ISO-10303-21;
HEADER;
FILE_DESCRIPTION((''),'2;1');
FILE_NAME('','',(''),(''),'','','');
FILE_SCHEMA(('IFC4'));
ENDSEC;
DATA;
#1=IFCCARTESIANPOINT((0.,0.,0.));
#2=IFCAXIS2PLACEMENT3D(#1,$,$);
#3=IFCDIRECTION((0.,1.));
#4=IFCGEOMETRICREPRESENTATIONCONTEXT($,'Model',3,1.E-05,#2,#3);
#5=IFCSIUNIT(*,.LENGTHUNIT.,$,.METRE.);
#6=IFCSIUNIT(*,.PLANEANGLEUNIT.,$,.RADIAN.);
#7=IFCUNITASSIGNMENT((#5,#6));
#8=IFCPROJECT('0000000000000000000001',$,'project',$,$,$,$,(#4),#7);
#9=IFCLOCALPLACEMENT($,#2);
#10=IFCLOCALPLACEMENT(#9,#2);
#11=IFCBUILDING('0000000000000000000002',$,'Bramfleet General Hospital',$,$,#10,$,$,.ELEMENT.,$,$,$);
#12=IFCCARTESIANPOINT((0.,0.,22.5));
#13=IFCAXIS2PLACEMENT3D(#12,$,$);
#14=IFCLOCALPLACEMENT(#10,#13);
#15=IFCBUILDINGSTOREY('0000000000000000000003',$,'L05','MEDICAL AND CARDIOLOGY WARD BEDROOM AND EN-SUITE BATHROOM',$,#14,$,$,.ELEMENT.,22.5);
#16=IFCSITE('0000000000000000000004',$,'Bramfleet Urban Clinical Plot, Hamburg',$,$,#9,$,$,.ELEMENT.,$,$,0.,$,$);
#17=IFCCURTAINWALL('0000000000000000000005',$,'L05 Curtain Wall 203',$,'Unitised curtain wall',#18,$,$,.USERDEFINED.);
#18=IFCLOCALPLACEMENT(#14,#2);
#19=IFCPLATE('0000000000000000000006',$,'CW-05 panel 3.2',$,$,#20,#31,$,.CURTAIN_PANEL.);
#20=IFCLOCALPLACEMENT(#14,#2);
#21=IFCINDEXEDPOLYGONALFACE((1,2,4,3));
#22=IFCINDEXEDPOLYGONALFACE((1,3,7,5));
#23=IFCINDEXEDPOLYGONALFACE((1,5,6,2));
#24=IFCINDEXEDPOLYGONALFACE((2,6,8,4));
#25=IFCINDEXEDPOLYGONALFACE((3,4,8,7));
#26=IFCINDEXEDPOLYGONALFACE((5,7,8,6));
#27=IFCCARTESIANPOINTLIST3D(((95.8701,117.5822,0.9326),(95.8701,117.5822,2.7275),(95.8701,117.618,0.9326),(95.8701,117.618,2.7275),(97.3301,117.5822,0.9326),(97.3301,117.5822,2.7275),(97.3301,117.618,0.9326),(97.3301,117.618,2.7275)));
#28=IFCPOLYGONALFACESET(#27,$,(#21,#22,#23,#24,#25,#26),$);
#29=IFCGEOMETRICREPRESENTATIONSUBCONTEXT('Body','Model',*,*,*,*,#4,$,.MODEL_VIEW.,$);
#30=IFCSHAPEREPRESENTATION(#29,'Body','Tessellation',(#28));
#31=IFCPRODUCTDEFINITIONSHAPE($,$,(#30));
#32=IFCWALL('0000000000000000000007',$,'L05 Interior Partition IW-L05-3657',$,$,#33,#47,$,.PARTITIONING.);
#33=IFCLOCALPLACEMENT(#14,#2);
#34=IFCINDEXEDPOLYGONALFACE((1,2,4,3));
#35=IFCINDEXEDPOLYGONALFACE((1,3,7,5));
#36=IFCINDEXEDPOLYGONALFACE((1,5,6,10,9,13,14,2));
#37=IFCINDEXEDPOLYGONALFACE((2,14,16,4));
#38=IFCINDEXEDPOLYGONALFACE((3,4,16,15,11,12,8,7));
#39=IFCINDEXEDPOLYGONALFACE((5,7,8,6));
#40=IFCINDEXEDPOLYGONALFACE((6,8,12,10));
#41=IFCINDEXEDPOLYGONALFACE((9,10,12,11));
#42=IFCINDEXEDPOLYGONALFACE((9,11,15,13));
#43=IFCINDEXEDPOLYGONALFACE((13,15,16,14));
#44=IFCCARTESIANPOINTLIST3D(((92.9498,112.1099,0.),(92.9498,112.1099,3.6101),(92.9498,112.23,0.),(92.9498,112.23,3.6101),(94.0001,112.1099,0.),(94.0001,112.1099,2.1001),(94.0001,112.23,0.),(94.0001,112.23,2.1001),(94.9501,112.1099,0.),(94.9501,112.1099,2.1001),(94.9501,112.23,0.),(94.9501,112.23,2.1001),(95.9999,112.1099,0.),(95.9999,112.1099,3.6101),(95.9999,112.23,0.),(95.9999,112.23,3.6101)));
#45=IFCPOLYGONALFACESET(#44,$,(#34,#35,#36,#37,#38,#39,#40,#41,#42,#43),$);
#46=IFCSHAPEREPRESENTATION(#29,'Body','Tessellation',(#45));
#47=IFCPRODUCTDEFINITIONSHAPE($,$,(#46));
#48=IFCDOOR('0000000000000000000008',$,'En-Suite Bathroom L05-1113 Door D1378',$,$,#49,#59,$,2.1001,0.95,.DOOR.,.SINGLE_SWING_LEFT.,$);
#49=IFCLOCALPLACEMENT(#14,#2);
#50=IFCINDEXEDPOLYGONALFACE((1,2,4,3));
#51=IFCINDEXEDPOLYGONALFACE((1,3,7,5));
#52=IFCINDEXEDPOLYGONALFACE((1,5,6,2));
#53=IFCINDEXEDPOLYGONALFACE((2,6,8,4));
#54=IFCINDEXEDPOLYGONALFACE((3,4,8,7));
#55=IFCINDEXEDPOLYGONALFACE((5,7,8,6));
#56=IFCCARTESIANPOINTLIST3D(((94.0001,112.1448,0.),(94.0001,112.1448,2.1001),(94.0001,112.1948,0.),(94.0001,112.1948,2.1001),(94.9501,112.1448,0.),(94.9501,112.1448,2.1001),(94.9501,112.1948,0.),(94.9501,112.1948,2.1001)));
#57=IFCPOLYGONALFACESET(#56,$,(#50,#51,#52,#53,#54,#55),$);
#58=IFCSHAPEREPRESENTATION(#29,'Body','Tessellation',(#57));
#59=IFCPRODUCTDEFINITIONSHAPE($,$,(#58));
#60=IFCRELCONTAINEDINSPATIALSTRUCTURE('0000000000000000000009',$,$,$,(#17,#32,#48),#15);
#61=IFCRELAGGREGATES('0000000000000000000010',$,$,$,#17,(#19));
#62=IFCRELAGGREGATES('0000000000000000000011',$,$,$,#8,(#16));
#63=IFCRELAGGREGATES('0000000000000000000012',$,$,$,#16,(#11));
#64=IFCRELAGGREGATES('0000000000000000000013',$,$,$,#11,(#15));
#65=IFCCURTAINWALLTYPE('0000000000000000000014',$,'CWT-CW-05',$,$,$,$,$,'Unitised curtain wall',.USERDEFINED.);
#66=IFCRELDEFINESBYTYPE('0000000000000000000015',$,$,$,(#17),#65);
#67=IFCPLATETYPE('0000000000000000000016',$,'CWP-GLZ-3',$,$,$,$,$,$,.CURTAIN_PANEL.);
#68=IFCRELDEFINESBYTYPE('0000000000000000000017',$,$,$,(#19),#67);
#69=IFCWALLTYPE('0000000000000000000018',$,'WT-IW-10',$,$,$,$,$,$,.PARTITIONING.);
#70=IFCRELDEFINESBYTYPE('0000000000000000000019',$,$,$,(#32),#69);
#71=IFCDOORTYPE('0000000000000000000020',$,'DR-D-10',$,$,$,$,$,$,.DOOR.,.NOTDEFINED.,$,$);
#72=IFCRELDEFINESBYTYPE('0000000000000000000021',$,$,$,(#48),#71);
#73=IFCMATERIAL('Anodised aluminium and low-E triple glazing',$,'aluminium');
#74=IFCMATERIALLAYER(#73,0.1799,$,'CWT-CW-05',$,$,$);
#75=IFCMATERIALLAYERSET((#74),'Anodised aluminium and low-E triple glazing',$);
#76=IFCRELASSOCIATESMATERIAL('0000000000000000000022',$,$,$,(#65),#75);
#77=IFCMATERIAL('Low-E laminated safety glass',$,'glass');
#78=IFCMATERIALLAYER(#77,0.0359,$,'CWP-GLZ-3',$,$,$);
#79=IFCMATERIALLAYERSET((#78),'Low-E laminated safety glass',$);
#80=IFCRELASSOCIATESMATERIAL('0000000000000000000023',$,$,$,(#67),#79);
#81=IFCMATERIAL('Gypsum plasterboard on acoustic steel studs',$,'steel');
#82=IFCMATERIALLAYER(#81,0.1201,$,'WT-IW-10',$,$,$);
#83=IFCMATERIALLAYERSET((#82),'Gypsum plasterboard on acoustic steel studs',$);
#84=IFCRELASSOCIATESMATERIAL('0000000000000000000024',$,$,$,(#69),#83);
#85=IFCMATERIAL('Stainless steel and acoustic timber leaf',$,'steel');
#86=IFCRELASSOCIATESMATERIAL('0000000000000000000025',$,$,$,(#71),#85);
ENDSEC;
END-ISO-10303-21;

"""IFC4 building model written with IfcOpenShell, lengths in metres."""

from ifc_helpers import new_model, si_unit, direction, frame, frame_2d, origin, origin_2d, place, context, subcontext, project, spatial, rectangle, extrude, material, layer, layer_set, type_object, element, fill, aggregate, save


model = new_model("IFC4")

# Units and contexts
model_context = context("Model", 3, precision=1e-05, world=origin(), true_north=direction((0.0, 1.0)))
body_context = subcontext(model_context, "Body", "Model", "MODEL_VIEW")
ifc_project = project(units=[si_unit("LENGTHUNIT", "METRE"), si_unit("PLANEANGLEUNIT", "RADIAN")], contexts=[model_context])

# Site, building, storey
site_placement = place(None, origin())
site = spatial("IfcSite", under=ifc_project, at=site_placement, Name="Bramfleet Urban Clinical Plot, Hamburg", CompositionType="ELEMENT", RefElevation=0.0)
building_placement = place(site_placement, origin())
building = spatial("IfcBuilding", under=site, at=building_placement, Name="Bramfleet General Hospital", CompositionType="ELEMENT")
storey_placement = place(building_placement, frame((0.0, 0.0, 22.5)))
storey = spatial("IfcBuildingStorey", under=building, at=storey_placement, Name="L05", Description="MEDICAL AND CARDIOLOGY WARD BEDROOM AND EN-SUITE BATHROOM", CompositionType="ELEMENT", Elevation=22.5)

# Curtain wall, plate
ifc_material_1 = material(Name="Anodised aluminium and low-E triple glazing", Category="aluminium")
ifc_layer_1 = layer(ifc_material_1, 0.1799, Name="CWT-CW-05")
ifc_layer_set_1 = layer_set([ifc_layer_1], Name="Anodised aluminium and low-E triple glazing")
curtain_wall_type = type_object("IfcCurtainWallType", Name="CWT-CW-05", ElementType="Unitised curtain wall", PredefinedType="USERDEFINED", material=ifc_layer_set_1)
curtain_wall_placement = place(storey_placement, origin())
curtain_wall = element("IfcCurtainWall", 1, at=curtain_wall_placement, inside=storey, type_object=curtain_wall_type, Name="L05 Curtain Wall 203", ObjectType="Unitised curtain wall", PredefinedType="USERDEFINED")
ifc_material_2 = material(Name="Low-E laminated safety glass", Category="glass")
ifc_layer_2 = layer(ifc_material_2, 0.0359, Name="CWP-GLZ-3")
ifc_layer_set_2 = layer_set([ifc_layer_2], Name="Low-E laminated safety glass")
plate_type = type_object("IfcPlateType", Name="CWP-GLZ-3", PredefinedType="CURTAIN_PANEL", material=ifc_layer_set_2)
plate_1_placement = place(storey_placement, frame((96.6001, 117.6001, 0.9326), z_axis=(0.0, 0.0, 1.0), x_axis=(1.0, 0.0, 0.0)))
plate_1 = element("IfcPlate", 2, at=plate_1_placement, type_object=plate_type, Name="CW-05 panel 3.2", PredefinedType="CURTAIN_PANEL", context=body_context, shape_type="SweptSolid", body=[
    extrude(rectangle(XDim=1.46, YDim=0.0359, at=origin_2d()), origin(), (0.0, 0.0, 1.0), 1.7949),
])
aggregate(curtain_wall, [plate_1])

# Wall, opening, door
ifc_material_3 = material(Name="Gypsum plasterboard on acoustic steel studs", Category="steel")
ifc_layer_3 = layer(ifc_material_3, 0.1201, Name="WT-IW-10")
ifc_layer_set_3 = layer_set([ifc_layer_3], Name="Gypsum plasterboard on acoustic steel studs")
wall_type = type_object("IfcWallType", Name="WT-IW-10", PredefinedType="PARTITIONING", material=ifc_layer_set_3)
wall_placement = place(storey_placement, frame((92.95, 112.1699, 0.0), z_axis=(0.0, 0.0, 1.0), x_axis=(1.0, 0.0, 0.0)))
wall = element("IfcWall", 3, at=wall_placement, inside=storey, type_object=wall_type, Name="L05 Interior Partition IW-L05-3657", PredefinedType="PARTITIONING", context=body_context, shape_type="SweptSolid", body=[
    extrude(rectangle(XDim=3.05, YDim=0.1201, at=frame_2d((1.5249, 0.0))), origin(), (0.0, 0.0, 1.0), 3.6101),
])
opening_placement = place(wall_placement, frame((1.05, 0.0, 0.0)))
opening = element("IfcOpeningElement", 4, at=opening_placement, cuts=wall, PredefinedType="OPENING", context=body_context, shape_type="SweptSolid", body=[
    extrude(rectangle(XDim=0.95, YDim=2.1001, at=frame_2d((0.4751, 1.05))), frame((0.0, 0.0701, 0.0), z_axis=(0.0, -1.0, 0.0), x_axis=(1.0, 0.0, 0.0)), (0.0, 0.0, 1.0), 0.1401),
])
ifc_material_4 = material(Name="Stainless steel and acoustic timber leaf", Category="steel")
door_type = type_object("IfcDoorType", Name="DR-D-10", OperationType="NOTDEFINED", PredefinedType="DOOR", material=ifc_material_4)
door_placement = place(opening_placement, origin())
door = element("IfcDoor", 5, at=door_placement, inside=storey, type_object=door_type, Name="En-Suite Bathroom L05-1113 Door D1378", OperationType="SINGLE_SWING_LEFT", OverallHeight=2.1001, OverallWidth=0.95, PredefinedType="DOOR", context=body_context, shape_type="SweptSolid", body=[
    extrude(rectangle(XDim=0.95, YDim=2.1001, at=frame_2d((0.4751, 1.05))), frame((0.0, 0.0249, 0.0), z_axis=(0.0, -1.0, 0.0), x_axis=(1.0, 0.0, 0.0)), (0.0, 0.0, 1.0), 0.05),
])
fill(opening, door)

save(model, "model.ifc")
